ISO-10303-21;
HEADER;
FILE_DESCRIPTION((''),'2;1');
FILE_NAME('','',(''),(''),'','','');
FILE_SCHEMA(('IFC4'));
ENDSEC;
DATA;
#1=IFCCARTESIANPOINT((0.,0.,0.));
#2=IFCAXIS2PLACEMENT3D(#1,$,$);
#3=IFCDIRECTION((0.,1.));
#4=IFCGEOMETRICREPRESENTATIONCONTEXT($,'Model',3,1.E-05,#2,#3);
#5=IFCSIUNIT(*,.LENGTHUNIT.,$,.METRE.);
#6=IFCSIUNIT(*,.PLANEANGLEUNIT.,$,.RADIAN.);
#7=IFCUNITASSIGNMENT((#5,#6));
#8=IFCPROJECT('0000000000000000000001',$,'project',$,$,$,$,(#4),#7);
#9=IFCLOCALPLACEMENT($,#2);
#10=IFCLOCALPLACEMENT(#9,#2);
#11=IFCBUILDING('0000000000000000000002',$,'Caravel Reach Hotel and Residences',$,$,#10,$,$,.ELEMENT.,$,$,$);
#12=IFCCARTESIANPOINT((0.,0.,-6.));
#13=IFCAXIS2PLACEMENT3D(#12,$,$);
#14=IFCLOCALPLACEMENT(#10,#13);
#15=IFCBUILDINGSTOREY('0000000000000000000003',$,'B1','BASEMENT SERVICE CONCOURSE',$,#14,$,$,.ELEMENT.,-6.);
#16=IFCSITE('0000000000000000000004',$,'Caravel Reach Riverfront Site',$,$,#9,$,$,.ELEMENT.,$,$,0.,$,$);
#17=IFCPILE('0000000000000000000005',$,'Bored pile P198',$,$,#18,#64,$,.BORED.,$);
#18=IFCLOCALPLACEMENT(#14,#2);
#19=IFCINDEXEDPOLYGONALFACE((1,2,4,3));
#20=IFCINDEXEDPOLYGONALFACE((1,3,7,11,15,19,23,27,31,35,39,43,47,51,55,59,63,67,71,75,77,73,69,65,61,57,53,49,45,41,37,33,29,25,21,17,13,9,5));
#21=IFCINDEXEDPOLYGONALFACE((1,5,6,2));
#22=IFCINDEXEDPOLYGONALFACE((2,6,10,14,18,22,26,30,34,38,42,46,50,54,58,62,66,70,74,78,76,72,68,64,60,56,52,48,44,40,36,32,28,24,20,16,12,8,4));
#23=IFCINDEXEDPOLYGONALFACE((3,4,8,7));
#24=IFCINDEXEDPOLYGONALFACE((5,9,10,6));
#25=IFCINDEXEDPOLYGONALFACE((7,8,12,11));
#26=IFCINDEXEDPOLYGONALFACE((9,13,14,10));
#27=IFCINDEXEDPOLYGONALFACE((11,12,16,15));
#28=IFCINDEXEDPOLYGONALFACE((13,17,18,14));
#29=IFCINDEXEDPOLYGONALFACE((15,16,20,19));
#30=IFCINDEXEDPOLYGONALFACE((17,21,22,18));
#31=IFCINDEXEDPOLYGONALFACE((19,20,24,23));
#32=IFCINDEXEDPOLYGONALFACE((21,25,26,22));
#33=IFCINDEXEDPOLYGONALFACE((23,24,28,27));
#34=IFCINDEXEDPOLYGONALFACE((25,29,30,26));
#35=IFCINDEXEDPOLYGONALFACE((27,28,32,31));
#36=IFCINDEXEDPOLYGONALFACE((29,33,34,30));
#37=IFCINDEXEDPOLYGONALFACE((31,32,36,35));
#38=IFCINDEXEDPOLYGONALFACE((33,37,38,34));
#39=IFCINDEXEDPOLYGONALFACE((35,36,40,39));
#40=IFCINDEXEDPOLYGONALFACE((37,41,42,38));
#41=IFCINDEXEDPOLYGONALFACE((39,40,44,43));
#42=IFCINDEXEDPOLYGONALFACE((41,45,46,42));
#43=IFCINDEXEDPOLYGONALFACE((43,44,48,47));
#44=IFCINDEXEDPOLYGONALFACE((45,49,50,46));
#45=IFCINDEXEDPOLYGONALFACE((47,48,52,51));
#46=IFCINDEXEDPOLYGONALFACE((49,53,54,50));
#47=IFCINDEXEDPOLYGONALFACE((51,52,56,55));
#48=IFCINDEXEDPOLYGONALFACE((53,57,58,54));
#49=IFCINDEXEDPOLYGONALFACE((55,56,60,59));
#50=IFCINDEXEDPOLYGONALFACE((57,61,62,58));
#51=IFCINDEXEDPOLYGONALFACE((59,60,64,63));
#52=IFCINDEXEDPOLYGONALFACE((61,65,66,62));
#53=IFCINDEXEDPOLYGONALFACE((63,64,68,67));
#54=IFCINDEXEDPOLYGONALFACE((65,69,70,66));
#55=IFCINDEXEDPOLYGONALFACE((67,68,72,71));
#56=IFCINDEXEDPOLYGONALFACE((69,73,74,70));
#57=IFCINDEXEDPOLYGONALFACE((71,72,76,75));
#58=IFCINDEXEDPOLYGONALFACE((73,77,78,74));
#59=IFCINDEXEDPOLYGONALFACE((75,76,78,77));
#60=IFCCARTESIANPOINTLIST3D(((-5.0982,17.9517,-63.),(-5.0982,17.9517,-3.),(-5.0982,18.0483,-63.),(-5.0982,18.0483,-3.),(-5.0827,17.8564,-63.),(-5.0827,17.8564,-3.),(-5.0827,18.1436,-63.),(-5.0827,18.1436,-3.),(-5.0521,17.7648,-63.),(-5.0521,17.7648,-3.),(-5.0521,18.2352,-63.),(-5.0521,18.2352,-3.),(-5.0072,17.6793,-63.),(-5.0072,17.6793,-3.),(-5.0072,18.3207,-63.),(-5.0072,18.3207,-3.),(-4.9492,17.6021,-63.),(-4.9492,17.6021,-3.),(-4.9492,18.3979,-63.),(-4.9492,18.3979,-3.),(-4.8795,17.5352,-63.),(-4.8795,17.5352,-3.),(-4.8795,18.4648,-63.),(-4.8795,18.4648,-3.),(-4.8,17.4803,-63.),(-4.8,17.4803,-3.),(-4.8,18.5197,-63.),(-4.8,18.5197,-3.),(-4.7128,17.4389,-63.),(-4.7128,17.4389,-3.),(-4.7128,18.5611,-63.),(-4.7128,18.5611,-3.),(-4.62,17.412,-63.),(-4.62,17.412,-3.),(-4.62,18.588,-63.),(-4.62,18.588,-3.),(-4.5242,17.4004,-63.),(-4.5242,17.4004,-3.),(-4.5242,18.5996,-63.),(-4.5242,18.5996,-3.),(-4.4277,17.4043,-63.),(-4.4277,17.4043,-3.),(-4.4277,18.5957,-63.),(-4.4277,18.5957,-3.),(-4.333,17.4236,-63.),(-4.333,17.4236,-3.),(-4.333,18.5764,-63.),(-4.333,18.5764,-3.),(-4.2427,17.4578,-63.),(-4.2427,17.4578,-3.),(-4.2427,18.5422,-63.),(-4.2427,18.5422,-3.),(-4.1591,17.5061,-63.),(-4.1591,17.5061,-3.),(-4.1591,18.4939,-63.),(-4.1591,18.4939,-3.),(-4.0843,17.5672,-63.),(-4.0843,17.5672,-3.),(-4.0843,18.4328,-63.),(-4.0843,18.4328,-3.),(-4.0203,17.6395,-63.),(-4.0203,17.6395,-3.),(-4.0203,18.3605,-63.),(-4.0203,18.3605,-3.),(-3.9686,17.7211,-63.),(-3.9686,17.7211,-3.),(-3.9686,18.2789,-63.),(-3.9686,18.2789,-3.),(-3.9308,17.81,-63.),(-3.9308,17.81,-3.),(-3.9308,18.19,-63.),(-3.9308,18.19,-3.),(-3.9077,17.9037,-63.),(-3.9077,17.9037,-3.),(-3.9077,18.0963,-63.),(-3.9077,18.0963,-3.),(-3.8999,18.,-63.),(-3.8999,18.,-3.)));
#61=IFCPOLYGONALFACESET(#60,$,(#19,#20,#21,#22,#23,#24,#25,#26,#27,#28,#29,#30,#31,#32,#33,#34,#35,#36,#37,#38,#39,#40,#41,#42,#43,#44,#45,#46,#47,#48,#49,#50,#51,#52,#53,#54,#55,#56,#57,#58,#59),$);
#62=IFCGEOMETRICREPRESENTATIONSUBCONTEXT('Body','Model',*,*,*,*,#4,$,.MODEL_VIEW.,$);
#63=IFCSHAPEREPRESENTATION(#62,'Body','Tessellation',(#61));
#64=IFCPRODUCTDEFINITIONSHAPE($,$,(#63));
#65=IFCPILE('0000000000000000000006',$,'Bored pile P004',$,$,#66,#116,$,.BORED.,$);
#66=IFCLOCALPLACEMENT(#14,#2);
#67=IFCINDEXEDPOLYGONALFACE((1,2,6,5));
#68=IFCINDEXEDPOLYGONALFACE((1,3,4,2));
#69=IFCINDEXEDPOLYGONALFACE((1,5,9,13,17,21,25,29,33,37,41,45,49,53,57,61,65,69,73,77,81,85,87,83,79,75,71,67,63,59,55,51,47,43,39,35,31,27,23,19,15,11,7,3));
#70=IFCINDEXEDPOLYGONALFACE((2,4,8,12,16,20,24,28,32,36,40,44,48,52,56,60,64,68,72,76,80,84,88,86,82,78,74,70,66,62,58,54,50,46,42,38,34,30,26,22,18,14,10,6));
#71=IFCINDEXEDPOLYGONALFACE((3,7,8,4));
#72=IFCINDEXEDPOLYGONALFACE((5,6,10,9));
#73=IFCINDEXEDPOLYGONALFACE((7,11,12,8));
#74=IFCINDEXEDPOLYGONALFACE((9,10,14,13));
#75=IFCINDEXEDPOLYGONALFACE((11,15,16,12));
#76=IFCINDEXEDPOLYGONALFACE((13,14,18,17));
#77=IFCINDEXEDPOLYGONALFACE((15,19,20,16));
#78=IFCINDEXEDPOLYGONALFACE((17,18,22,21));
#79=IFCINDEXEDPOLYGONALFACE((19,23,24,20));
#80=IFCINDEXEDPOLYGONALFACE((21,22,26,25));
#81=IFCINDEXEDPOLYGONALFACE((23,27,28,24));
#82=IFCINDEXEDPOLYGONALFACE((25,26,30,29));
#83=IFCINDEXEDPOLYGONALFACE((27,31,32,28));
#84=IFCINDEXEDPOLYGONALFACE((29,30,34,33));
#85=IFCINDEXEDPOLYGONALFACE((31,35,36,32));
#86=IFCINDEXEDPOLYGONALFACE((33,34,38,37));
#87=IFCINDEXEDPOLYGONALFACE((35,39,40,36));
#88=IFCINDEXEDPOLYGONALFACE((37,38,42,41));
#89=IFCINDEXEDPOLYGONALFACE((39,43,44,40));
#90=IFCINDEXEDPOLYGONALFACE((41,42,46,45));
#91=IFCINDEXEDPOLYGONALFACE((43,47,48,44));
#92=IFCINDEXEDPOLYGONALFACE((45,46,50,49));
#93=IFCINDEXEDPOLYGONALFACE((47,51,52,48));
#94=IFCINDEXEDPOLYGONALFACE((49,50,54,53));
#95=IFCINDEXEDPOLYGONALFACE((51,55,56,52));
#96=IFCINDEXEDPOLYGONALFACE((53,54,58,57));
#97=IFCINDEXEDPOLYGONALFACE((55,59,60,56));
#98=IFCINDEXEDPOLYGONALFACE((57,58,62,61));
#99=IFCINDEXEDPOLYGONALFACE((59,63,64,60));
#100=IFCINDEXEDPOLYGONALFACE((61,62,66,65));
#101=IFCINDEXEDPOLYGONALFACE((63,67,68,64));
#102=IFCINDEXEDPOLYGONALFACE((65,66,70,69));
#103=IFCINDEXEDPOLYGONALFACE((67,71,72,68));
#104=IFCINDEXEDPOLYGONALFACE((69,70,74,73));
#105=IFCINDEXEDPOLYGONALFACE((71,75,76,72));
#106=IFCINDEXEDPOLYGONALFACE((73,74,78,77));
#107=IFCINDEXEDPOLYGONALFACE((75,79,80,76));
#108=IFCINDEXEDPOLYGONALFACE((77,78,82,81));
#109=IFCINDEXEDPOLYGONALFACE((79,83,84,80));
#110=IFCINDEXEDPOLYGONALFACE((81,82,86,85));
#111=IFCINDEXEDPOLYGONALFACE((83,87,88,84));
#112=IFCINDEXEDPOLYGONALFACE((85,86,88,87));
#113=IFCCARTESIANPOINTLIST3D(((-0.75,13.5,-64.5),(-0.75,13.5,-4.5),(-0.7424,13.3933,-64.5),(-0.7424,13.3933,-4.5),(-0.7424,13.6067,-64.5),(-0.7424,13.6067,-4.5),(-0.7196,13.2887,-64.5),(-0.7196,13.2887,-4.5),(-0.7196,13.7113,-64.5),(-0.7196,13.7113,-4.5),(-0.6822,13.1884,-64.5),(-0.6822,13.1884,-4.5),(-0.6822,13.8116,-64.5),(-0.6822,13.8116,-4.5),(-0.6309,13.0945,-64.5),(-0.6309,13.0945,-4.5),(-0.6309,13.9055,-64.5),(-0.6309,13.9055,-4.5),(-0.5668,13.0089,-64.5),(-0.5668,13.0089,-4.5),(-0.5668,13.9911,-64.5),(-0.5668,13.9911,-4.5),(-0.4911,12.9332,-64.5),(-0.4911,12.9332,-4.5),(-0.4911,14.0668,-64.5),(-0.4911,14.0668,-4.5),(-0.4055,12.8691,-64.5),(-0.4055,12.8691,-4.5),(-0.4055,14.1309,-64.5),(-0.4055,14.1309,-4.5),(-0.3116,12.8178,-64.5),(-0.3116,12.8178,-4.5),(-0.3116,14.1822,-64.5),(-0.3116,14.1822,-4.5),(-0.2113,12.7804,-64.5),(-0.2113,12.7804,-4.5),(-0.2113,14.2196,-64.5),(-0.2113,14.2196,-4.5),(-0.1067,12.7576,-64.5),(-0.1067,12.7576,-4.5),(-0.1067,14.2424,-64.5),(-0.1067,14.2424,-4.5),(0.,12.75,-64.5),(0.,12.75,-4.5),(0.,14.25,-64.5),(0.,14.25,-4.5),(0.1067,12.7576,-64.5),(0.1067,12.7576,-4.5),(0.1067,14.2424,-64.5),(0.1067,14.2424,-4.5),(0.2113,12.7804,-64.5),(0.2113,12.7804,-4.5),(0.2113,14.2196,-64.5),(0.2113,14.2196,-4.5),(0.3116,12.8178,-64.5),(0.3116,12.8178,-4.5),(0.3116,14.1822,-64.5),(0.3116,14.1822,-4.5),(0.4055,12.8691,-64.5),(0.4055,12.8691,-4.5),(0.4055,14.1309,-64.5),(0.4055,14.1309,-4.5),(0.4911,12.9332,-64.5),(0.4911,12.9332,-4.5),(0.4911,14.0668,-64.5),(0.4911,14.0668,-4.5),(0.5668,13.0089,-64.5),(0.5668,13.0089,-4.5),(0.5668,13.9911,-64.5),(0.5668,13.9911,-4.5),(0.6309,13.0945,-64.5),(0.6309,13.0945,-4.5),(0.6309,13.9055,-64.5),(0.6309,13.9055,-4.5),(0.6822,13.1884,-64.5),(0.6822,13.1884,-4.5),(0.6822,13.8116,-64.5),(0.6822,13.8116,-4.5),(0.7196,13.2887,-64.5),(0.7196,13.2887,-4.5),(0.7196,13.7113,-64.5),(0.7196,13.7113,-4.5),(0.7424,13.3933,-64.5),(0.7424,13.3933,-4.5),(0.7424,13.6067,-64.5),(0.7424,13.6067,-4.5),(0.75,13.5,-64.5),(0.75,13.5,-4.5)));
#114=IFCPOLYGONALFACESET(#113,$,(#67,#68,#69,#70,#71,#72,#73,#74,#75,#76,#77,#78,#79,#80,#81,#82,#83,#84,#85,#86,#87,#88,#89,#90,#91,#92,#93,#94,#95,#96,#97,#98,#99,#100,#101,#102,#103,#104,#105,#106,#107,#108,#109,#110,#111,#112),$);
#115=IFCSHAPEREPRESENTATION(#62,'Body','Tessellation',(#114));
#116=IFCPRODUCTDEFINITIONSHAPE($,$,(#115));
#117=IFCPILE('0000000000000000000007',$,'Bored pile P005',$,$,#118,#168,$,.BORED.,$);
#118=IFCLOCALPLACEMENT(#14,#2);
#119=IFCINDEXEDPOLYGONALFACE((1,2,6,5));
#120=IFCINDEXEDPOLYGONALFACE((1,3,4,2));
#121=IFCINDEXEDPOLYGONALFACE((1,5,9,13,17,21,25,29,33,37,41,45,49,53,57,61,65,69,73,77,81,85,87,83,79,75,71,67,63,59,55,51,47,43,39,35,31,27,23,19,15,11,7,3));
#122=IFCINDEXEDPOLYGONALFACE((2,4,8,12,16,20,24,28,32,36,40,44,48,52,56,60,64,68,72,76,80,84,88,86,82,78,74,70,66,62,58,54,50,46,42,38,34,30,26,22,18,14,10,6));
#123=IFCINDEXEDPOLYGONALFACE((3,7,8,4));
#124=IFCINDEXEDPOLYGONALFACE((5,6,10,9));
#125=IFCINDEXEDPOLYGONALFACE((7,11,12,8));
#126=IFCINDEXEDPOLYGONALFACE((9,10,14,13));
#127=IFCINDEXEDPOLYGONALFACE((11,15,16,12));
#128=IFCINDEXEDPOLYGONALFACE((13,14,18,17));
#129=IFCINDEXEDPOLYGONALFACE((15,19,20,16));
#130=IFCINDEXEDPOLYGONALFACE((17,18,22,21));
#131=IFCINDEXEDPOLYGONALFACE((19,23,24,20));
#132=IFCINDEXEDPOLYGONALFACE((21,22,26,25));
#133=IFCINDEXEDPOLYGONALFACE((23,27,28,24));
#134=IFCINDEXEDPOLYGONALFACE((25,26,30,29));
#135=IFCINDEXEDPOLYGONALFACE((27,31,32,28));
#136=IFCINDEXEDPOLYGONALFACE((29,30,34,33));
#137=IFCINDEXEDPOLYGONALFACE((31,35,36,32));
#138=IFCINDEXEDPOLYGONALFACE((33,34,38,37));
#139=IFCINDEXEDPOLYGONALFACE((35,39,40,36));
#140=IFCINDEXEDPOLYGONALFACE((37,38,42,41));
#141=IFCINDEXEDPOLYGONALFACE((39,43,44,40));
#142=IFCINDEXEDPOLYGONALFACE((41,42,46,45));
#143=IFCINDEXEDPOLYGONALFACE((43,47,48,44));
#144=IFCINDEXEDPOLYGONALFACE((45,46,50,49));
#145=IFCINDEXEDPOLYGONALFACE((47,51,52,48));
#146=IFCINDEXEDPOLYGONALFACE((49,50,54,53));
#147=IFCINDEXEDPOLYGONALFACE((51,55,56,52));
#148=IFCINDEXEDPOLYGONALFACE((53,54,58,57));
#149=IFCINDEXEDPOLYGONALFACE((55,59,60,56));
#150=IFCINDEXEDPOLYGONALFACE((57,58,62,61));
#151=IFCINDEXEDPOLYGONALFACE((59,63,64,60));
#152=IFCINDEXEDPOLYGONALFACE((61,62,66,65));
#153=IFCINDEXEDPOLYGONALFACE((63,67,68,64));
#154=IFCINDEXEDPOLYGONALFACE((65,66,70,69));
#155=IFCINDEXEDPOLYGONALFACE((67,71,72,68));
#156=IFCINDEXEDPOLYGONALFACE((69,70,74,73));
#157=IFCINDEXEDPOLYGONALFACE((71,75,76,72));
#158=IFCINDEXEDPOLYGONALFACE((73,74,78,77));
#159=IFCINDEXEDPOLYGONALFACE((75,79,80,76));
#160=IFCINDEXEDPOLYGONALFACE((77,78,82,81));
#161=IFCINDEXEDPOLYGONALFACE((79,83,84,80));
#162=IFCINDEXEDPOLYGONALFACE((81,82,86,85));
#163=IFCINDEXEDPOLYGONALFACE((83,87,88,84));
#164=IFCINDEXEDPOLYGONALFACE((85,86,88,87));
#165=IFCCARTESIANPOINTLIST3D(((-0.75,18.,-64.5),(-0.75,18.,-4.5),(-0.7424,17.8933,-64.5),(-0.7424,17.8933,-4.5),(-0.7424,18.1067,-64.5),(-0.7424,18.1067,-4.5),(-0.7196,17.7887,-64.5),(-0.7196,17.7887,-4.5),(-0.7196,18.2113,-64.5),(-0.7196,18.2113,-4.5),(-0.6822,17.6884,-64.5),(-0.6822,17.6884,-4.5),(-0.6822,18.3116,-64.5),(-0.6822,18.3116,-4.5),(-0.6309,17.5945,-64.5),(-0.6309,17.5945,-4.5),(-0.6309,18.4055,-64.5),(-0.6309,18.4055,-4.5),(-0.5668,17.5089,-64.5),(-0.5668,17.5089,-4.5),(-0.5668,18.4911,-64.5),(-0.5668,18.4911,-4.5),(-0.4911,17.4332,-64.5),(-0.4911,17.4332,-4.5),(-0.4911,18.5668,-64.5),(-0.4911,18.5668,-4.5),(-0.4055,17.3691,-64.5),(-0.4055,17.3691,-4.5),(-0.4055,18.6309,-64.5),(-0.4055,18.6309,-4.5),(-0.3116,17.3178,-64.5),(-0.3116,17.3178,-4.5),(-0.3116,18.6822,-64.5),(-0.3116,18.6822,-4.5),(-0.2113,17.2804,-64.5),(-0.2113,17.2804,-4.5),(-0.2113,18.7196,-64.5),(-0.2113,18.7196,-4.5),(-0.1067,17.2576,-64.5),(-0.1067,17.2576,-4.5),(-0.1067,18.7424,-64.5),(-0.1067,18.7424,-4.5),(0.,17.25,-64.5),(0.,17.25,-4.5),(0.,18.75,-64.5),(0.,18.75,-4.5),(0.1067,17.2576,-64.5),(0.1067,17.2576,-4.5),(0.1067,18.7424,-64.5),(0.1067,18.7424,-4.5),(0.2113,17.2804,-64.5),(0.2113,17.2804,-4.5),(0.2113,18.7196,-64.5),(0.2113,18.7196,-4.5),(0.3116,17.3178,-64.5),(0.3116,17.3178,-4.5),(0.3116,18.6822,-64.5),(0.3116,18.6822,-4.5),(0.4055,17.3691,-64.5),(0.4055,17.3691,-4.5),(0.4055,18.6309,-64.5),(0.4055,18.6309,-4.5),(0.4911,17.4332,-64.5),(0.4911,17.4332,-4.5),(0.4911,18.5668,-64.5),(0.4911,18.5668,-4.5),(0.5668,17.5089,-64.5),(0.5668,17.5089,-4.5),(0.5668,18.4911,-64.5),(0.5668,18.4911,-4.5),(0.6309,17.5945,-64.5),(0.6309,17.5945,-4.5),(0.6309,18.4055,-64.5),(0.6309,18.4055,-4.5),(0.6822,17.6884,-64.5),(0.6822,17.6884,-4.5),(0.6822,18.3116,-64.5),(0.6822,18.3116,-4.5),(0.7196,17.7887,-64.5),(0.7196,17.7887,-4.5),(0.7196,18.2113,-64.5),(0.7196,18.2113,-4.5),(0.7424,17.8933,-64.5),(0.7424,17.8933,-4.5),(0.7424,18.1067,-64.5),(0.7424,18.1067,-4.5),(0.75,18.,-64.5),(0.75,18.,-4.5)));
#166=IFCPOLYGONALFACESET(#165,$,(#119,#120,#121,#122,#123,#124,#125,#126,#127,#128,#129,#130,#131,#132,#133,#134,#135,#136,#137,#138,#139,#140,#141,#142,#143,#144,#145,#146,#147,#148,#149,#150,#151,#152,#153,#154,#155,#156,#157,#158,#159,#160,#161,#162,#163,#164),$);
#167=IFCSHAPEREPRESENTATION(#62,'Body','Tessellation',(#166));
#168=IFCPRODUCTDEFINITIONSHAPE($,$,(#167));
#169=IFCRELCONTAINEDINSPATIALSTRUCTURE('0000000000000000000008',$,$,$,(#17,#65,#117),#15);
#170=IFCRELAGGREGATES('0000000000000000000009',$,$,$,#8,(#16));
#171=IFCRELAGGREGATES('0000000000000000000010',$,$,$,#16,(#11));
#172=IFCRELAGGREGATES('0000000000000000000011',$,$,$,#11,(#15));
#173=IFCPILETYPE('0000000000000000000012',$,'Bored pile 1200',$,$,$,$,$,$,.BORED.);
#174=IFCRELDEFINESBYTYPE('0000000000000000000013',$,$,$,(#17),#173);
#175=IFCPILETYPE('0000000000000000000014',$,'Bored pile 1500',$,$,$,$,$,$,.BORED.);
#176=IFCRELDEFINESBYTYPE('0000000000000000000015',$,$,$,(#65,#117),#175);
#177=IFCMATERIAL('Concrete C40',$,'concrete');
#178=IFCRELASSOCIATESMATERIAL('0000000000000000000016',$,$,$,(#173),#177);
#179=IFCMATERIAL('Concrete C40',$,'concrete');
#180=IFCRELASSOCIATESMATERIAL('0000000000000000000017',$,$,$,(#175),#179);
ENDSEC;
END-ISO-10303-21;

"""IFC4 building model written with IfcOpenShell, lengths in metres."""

from ifc_helpers import new_model, si_unit, direction, frame, origin, origin_2d, place, context, subcontext, project, spatial, circle, extrude, material, material_profile, profile_set, type_object, element, save


model = new_model("IFC4")

# Units and contexts
model_context = context("Model", 3, precision=1e-05, world=origin(), true_north=direction((0.0, 1.0)))
body_context = subcontext(model_context, "Body", "Model", "MODEL_VIEW")
ifc_project = project(units=[si_unit("LENGTHUNIT", "METRE"), si_unit("PLANEANGLEUNIT", "RADIAN")], contexts=[model_context])

# Site, building, storey
site_placement = place(None, origin())
site = spatial("IfcSite", under=ifc_project, at=site_placement, Name="Caravel Reach Riverfront Site", CompositionType="ELEMENT", RefElevation=0.0)
building_placement = place(site_placement, origin())
building = spatial("IfcBuilding", under=site, at=building_placement, Name="Caravel Reach Hotel and Residences", CompositionType="ELEMENT")
storey_placement = place(building_placement, frame((0.0, 0.0, -6.0)))
storey = spatial("IfcBuildingStorey", under=building, at=storey_placement, Name="B1", Description="BASEMENT SERVICE CONCOURSE", CompositionType="ELEMENT", Elevation=-6.0)

# Piles
ifc_material_1 = material(Name="Concrete C40", Category="concrete")
ifc_material_profile_1 = material_profile(ifc_material_1, circle(Radius=0.6001, at=origin_2d()), Name="PILE 1200")
ifc_profile_set_1 = profile_set([ifc_material_profile_1], Name="Concrete C40")
pile_type_1 = type_object("IfcPileType", Name="Bored pile 1200", PredefinedType="BORED", material=ifc_profile_set_1)
pile_placement = place(storey_placement, frame((-4.5, 18.0, -3.0), z_axis=(0.0, 0.0, -1.0), x_axis=(1.0, 0.0, 0.0)))
element("IfcPile", 1, at=pile_placement, inside=storey, type_object=pile_type_1, Name="Bored pile P198", PredefinedType="BORED", context=body_context, shape_type="SweptSolid", body=[
    extrude(circle(Radius=0.6001, at=origin_2d()), origin(), (0.0, 0.0, 1.0), 60.0),
])
ifc_material_2 = material(Name="Concrete C40", Category="concrete")
ifc_material_profile_2 = material_profile(ifc_material_2, circle(Radius=0.75, at=origin_2d()), Name="PILE 1500")
ifc_profile_set_2 = profile_set([ifc_material_profile_2], Name="Concrete C40")
pile_type_2 = type_object("IfcPileType", Name="Bored pile 1500", PredefinedType="BORED", material=ifc_profile_set_2)
for number, where, z_axis, x_axis, name in (
    (2, (0.0, 13.5, -4.5), (0.0, 0.0, -1.0), (1.0, 0.0, 0.0), "Bored pile P004"),
    (3, (0.0, 18.0, -4.5), (0.0, 0.0, -1.0), (1.0, 0.0, 0.0), "Bored pile P005"),
):
    element("IfcPile", number, at=place(storey_placement, frame(where, z_axis=z_axis, x_axis=x_axis)), inside=storey, type_object=pile_type_2, Name=name, PredefinedType="BORED", context=body_context, shape_type="SweptSolid", body=[
        extrude(circle(Radius=0.75, at=origin_2d()), origin(), (0.0, 0.0, 1.0), 60.0),
    ])

save(model, "model.ifc")
